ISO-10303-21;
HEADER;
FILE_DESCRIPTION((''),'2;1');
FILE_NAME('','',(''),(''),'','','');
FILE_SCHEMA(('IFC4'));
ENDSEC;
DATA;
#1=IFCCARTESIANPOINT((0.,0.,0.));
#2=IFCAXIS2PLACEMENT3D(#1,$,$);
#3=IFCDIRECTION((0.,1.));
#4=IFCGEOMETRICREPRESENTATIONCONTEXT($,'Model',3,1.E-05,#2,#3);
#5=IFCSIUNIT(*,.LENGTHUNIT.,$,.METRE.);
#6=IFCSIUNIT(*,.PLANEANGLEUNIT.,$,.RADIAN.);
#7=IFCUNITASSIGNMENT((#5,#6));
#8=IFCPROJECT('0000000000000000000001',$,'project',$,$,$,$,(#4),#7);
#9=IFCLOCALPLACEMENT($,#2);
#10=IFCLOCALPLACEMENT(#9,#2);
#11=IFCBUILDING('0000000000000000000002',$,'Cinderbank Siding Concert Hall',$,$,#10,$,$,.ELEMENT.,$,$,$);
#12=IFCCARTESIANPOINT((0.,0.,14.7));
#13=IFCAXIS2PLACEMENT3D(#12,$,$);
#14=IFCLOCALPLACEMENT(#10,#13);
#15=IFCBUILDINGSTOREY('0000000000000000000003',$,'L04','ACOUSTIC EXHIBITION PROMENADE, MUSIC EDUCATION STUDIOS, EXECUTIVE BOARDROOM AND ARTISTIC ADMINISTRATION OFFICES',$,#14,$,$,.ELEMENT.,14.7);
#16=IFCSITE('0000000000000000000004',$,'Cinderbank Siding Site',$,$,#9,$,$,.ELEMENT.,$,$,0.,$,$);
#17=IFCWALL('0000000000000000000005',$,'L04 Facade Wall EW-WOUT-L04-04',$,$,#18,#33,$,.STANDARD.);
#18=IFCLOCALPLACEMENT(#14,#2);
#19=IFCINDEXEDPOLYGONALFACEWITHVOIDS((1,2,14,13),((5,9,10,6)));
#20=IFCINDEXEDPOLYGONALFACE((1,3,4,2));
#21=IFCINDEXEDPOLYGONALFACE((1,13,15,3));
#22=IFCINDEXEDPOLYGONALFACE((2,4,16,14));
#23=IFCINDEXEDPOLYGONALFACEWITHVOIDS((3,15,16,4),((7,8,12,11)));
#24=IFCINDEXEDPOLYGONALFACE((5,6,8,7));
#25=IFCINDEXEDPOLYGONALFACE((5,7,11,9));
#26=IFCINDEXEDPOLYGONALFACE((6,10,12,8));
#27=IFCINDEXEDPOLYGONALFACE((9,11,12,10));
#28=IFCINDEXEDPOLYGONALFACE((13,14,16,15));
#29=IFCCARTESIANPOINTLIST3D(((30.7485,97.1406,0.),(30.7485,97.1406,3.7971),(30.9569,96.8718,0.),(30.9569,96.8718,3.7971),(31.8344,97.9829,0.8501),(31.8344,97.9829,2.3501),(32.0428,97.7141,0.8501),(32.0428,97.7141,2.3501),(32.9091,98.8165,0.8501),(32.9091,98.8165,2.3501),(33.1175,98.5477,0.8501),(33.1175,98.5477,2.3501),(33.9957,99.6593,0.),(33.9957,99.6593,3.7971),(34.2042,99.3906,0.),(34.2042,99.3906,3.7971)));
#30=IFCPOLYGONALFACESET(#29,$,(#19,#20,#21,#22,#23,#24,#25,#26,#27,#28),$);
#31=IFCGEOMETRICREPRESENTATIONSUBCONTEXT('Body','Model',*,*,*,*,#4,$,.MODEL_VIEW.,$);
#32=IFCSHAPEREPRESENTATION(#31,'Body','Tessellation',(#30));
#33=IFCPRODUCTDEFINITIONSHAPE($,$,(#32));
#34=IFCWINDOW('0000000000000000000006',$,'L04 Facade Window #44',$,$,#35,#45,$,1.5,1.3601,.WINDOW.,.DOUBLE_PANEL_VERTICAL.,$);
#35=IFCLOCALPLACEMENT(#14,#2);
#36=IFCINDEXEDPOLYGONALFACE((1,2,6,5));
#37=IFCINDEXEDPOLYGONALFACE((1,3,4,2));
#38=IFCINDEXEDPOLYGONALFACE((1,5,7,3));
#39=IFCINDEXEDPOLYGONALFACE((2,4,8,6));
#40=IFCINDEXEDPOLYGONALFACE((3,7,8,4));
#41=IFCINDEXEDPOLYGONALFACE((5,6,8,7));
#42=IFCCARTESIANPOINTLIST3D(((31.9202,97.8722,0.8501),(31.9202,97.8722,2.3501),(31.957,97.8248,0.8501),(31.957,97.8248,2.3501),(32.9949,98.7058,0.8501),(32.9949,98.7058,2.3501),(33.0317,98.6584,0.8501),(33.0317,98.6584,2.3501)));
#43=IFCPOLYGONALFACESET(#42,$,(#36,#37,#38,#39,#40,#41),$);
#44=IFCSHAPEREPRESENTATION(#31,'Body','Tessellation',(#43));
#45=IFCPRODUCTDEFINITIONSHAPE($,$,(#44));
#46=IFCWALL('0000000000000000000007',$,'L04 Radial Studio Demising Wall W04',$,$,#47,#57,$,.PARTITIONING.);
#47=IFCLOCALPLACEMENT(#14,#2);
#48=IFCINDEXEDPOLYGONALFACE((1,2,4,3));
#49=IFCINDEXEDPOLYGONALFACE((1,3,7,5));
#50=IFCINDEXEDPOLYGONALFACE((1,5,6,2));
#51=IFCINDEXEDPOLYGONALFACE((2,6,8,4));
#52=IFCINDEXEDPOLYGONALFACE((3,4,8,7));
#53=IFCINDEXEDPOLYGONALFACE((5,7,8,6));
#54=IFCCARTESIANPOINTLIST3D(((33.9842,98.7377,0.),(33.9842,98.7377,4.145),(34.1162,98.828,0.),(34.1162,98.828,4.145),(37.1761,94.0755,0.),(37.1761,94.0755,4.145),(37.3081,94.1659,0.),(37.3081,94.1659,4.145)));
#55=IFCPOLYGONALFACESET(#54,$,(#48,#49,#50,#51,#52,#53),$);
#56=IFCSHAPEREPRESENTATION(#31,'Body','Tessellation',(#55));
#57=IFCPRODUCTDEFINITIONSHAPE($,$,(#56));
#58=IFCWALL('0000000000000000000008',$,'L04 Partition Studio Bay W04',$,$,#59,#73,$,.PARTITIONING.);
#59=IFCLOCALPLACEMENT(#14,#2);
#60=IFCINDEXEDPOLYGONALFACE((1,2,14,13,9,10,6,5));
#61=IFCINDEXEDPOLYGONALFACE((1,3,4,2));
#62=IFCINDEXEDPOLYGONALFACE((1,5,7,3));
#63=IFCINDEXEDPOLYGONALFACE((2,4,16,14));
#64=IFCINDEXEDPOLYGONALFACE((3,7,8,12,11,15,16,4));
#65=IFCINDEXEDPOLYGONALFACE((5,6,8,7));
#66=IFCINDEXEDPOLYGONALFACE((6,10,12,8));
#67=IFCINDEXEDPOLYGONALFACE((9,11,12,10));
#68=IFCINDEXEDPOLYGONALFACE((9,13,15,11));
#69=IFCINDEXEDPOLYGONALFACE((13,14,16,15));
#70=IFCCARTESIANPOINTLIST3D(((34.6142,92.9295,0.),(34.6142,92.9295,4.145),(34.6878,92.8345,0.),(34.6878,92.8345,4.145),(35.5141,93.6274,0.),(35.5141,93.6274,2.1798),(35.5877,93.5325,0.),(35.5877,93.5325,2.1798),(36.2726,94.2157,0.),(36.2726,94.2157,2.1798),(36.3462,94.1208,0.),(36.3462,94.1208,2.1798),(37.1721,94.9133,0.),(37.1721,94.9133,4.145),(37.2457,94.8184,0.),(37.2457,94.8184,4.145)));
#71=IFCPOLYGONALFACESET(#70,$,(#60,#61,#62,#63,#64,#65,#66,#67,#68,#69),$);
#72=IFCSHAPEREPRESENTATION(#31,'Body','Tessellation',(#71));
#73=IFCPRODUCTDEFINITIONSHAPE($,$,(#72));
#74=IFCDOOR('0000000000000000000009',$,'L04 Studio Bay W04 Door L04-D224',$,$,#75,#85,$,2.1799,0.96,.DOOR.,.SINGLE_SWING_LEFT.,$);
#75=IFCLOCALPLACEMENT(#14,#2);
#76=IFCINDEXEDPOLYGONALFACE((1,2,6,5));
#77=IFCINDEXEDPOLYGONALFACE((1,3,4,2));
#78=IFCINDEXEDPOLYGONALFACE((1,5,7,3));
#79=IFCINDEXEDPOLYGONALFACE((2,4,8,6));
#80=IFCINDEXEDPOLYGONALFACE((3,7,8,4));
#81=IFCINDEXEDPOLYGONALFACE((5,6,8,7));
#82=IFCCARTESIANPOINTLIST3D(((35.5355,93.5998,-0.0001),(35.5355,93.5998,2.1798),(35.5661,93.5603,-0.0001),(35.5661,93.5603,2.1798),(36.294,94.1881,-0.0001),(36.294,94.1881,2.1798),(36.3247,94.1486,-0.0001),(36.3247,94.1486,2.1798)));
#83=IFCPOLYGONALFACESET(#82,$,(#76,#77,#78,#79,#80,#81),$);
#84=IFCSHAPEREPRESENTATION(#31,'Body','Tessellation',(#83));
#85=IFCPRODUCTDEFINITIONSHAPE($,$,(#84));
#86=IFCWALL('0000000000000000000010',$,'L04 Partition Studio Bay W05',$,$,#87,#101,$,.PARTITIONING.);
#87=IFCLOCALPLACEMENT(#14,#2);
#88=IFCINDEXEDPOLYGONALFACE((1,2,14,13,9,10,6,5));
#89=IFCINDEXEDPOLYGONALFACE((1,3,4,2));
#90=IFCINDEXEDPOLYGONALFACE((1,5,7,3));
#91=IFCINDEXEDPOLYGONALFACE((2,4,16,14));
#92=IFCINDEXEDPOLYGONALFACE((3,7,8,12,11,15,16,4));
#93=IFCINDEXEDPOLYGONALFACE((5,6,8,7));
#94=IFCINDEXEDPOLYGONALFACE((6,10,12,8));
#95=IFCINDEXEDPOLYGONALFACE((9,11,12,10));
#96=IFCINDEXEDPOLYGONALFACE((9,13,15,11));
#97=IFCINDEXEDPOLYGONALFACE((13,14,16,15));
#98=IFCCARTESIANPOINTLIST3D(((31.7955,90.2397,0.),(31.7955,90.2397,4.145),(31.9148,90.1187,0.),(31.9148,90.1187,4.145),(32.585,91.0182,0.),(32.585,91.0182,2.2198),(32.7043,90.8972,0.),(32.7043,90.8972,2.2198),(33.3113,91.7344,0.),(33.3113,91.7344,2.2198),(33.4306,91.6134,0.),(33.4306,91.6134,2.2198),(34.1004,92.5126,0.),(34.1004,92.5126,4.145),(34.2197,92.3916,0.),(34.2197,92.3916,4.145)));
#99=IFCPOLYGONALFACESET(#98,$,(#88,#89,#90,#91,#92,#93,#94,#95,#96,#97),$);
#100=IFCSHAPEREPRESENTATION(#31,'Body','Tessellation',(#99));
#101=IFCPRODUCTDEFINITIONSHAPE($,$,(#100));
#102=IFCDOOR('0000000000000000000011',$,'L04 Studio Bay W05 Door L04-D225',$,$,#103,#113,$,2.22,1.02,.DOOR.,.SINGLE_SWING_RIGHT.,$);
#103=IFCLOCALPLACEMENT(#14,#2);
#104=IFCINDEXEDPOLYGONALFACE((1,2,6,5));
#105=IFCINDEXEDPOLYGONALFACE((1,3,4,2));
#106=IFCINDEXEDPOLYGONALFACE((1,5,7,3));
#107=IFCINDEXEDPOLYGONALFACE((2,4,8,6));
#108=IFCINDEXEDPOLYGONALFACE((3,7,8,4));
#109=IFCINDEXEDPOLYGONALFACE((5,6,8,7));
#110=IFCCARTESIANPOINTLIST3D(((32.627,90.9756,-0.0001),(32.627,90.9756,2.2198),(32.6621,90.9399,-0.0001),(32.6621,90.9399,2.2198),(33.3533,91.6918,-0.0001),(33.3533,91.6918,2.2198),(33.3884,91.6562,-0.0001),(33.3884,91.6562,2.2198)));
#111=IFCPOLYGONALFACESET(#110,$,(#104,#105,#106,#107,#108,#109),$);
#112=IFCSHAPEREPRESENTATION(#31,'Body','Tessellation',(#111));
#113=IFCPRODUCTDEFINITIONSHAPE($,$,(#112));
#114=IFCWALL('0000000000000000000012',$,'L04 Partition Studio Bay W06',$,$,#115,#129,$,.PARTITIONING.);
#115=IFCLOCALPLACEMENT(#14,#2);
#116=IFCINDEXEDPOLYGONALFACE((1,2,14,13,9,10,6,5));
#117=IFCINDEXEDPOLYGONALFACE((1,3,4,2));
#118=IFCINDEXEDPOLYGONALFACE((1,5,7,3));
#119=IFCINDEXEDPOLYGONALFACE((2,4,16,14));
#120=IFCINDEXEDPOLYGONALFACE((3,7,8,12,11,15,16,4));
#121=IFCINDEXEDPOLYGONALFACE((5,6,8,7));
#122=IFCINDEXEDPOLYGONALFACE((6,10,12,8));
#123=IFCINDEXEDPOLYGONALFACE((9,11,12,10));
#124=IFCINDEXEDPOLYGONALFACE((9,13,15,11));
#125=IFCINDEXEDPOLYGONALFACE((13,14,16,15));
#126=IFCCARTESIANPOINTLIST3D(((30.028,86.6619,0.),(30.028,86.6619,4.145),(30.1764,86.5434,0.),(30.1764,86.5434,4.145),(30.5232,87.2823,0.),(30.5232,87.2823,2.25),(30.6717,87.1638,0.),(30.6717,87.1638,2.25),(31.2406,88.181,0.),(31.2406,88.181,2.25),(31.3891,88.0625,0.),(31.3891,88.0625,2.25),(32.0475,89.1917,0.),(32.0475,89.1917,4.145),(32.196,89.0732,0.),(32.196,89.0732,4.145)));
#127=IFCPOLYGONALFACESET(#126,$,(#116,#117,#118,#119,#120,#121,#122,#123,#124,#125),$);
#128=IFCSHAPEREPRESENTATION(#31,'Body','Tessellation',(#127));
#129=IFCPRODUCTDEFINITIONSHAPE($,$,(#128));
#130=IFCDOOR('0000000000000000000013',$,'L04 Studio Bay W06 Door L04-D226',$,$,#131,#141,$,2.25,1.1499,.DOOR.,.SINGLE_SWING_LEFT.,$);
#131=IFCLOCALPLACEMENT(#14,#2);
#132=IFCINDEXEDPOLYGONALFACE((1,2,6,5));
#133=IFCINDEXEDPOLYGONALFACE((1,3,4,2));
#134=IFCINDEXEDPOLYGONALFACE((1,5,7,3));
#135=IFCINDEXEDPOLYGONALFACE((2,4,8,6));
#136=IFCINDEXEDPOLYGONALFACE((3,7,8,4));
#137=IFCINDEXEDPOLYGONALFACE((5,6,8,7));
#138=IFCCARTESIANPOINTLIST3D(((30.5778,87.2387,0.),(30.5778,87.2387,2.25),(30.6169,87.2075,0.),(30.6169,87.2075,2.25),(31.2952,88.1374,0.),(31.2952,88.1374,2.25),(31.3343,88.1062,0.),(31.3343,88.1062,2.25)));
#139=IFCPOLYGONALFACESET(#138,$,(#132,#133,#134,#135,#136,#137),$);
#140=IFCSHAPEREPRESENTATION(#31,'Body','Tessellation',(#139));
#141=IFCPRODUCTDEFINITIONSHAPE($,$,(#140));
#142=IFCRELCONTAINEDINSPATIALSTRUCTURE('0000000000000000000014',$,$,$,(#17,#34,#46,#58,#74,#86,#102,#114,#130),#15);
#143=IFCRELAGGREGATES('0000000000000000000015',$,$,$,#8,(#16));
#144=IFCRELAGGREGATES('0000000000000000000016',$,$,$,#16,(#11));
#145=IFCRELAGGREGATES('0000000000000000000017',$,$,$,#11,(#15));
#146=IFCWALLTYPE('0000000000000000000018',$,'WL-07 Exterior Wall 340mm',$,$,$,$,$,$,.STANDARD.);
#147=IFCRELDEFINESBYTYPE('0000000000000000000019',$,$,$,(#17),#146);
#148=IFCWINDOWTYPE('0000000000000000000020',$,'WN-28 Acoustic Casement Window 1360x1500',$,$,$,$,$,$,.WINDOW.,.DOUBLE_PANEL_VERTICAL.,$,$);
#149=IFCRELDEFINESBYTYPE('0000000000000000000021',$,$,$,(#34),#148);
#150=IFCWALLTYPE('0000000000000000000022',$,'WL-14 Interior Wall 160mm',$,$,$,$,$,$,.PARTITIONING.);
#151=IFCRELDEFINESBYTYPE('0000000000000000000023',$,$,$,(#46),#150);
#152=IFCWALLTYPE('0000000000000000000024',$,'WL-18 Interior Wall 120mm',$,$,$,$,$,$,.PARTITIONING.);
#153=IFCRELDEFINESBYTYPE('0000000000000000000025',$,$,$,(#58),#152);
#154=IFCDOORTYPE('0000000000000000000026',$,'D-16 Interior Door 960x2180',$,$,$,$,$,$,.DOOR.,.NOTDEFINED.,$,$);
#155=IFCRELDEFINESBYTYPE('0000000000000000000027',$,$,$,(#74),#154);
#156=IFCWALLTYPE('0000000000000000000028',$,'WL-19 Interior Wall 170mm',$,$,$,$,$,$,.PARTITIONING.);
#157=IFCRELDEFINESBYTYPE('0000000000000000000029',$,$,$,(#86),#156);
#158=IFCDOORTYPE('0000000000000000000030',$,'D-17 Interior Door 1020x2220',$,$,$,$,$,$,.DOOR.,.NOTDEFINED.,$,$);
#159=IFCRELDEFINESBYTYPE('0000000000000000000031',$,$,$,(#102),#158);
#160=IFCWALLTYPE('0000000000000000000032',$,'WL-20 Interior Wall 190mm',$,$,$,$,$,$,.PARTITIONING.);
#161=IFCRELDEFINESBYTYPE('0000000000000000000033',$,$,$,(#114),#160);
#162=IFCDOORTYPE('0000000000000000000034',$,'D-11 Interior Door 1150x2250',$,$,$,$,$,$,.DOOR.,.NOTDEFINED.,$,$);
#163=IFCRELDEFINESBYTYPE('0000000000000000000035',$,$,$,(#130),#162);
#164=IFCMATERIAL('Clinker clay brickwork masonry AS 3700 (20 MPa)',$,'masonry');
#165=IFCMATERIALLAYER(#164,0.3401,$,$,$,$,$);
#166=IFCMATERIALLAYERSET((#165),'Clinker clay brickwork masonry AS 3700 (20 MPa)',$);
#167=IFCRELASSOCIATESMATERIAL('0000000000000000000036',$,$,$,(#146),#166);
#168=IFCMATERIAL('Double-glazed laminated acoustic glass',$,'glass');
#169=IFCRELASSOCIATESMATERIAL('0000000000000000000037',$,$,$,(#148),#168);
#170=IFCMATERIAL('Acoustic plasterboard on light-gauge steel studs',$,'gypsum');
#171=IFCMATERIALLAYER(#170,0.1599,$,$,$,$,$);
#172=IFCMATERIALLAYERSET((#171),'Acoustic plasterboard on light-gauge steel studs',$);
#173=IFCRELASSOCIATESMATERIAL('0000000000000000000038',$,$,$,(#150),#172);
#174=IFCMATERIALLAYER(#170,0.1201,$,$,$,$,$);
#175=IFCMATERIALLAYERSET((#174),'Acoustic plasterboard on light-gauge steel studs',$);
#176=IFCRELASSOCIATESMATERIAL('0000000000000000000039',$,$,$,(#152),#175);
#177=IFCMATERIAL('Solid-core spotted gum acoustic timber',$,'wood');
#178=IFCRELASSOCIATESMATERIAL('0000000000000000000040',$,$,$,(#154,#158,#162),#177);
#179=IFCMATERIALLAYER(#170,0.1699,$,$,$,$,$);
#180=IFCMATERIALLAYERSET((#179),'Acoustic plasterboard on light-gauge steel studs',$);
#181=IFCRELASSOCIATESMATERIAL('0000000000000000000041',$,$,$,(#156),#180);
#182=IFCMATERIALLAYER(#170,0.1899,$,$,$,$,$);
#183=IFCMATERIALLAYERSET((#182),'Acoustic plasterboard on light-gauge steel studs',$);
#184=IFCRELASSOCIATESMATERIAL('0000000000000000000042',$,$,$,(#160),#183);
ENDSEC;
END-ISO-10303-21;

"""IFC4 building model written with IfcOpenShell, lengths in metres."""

from ifc_helpers import new_model, si_unit, direction, frame, frame_2d, origin, place, context, subcontext, project, spatial, rectangle, extrude, material, layer, layer_set, type_object, element, fill, save


model = new_model("IFC4")

# Units and contexts
model_context = context("Model", 3, precision=1e-05, world=origin(), true_north=direction((0.0, 1.0)))
body_context = subcontext(model_context, "Body", "Model", "MODEL_VIEW")
ifc_project = project(units=[si_unit("LENGTHUNIT", "METRE"), si_unit("PLANEANGLEUNIT", "RADIAN")], contexts=[model_context])

# Site, building, storey
site_placement = place(None, origin())
site = spatial("IfcSite", under=ifc_project, at=site_placement, Name="Cinderbank Siding Site", CompositionType="ELEMENT", RefElevation=0.0)
building_placement = place(site_placement, origin())
building = spatial("IfcBuilding", under=site, at=building_placement, Name="Cinderbank Siding Concert Hall", CompositionType="ELEMENT")
storey_placement = place(building_placement, frame((0.0, 0.0, 14.7)))
storey = spatial("IfcBuildingStorey", under=building, at=storey_placement, Name="L04", Description="ACOUSTIC EXHIBITION PROMENADE, MUSIC EDUCATION STUDIOS, EXECUTIVE BOARDROOM AND ARTISTIC ADMINISTRATION OFFICES", CompositionType="ELEMENT", Elevation=14.7)

# Wall, opening, window
ifc_material_1 = material(Name="Clinker clay brickwork masonry AS 3700 (20 MPa)", Category="masonry")
ifc_layer_1 = layer(ifc_material_1, 0.3401)
ifc_layer_set_1 = layer_set([ifc_layer_1], Name="Clinker clay brickwork masonry AS 3700 (20 MPa)")
wall_type_1 = type_object("IfcWallType", Name="WL-07 Exterior Wall 340mm", PredefinedType="STANDARD", material=ifc_layer_set_1)
ifc_material_2 = material(Name="Double-glazed laminated acoustic glass", Category="glass")
wall_1_placement = place(storey_placement, frame((34.0999, 99.5249, 0.0), z_axis=(0.0, 0.0, 1.0), x_axis=(-0.790164, -0.612895, 0.0)))
wall_1 = element("IfcWall", 1, at=wall_1_placement, inside=storey, type_object=wall_type_1, Name="L04 Facade Wall EW-WOUT-L04-04", PredefinedType="STANDARD", context=body_context, shape_type="SweptSolid", body=[
    extrude(rectangle(XDim=4.1096, YDim=0.3401, at=frame_2d((2.0547, 0.0))), origin(), (0.0, 0.0, 1.0), 3.7971),
])
opening_1_placement = place(wall_1_placement, frame((1.375, 0.0, 0.8501)))
opening_1 = element("IfcOpeningElement", 2, at=opening_1_placement, cuts=wall_1, PredefinedType="OPENING", context=body_context, shape_type="SweptSolid", body=[
    extrude(rectangle(XDim=1.3601, YDim=1.5, at=frame_2d((0.6802, 0.75))), frame((0.0, 0.1821, 0.0), z_axis=(0.0, -1.0, 0.0), x_axis=(1.0, 0.0, 0.0)), (0.0, 0.0, 1.0), 0.364),
])
window_type_1 = type_object("IfcWindowType", Name="WN-28 Acoustic Casement Window 1360x1500", PartitioningType="DOUBLE_PANEL_VERTICAL", PredefinedType="WINDOW", material=ifc_material_2)
window_1_placement = place(opening_1_placement, origin())
window_1 = element("IfcWindow", 3, at=window_1_placement, inside=storey, type_object=window_type_1, Name="L04 Facade Window #44", OverallHeight=1.5, OverallWidth=1.3601, PartitioningType="DOUBLE_PANEL_VERTICAL", PredefinedType="WINDOW", context=body_context, shape_type="SweptSolid", body=[
    extrude(rectangle(XDim=1.3601, YDim=1.5, at=frame_2d((0.6802, 0.75))), frame((0.0, 0.03, 0.0), z_axis=(0.0, -1.0, 0.0), x_axis=(1.0, 0.0, 0.0)), (0.0, 0.0, 1.0), 0.0601),
])
fill(opening_1, window_1)

# Wall
ifc_material_3 = material(Name="Acoustic plasterboard on light-gauge steel studs", Category="gypsum")
ifc_layer_2 = layer(ifc_material_3, 0.1599)
ifc_layer_set_2 = layer_set([ifc_layer_2], Name="Acoustic plasterboard on light-gauge steel studs")
wall_type_2 = type_object("IfcWallType", Name="WL-14 Interior Wall 160mm", PredefinedType="PARTITIONING", material=ifc_layer_set_2)
wall_2_placement = place(storey_placement, frame((37.2422, 94.1206, 0.0), z_axis=(0.0, 0.0, 1.0), x_axis=(-0.564929, 0.82514, 0.0)))
element("IfcWall", 4, at=wall_2_placement, inside=storey, type_object=wall_type_2, Name="L04 Radial Studio Demising Wall W04", PredefinedType="PARTITIONING", context=body_context, shape_type="SweptSolid", body=[
    extrude(rectangle(XDim=5.6501, YDim=0.1599, at=frame_2d((2.8252, 0.0))), origin(), (0.0, 0.0, 1.0), 4.145),
])

# Walls, openings, doors
ifc_layer_3 = layer(ifc_material_3, 0.1201)
ifc_layer_set_3 = layer_set([ifc_layer_3], Name="Acoustic plasterboard on light-gauge steel studs")
wall_type_3 = type_object("IfcWallType", Name="WL-18 Interior Wall 120mm", PredefinedType="PARTITIONING", material=ifc_layer_set_3)
wall_3_placement = place(storey_placement, frame((37.209, 94.866, 0.0), z_axis=(0.0, 0.0, 1.0), x_axis=(-0.790184, -0.61287, 0.0)))
wall_3 = element("IfcWall", 5, at=wall_3_placement, inside=storey, type_object=wall_type_3, Name="L04 Partition Studio Bay W04", PredefinedType="PARTITIONING", context=body_context, shape_type="SweptSolid", body=[
    extrude(rectangle(XDim=3.2371, YDim=0.1201, at=frame_2d((1.6187, 0.0))), origin(), (0.0, 0.0, 1.0), 4.145),
])
opening_2_placement = place(wall_3_placement, frame((1.1384, 0.0, 0.0)))
opening_2 = element("IfcOpeningElement", 6, at=opening_2_placement, cuts=wall_3, PredefinedType="OPENING", context=body_context, shape_type="SweptSolid", body=[
    extrude(rectangle(XDim=0.96, YDim=2.1799, at=frame_2d((0.48, 1.0898))), frame((0.0, 0.072, 0.0), z_axis=(0.0, -1.0, 0.0), x_axis=(1.0, 0.0, 0.0)), (0.0, 0.0, 1.0), 0.144),
])
ifc_material_4 = material(Name="Solid-core spotted gum acoustic timber", Category="wood")
door_type_1 = type_object("IfcDoorType", Name="D-16 Interior Door 960x2180", OperationType="NOTDEFINED", PredefinedType="DOOR", material=ifc_material_4)
door_1_placement = place(opening_2_placement, origin())
door_1 = element("IfcDoor", 7, at=door_1_placement, inside=storey, type_object=door_type_1, Name="L04 Studio Bay W04 Door L04-D224", OperationType="SINGLE_SWING_LEFT", OverallHeight=2.1799, OverallWidth=0.96, PredefinedType="DOOR", context=body_context, shape_type="SweptSolid", body=[
    extrude(rectangle(XDim=0.96, YDim=2.1799, at=frame_2d((0.48, 1.0898))), frame((0.0, 0.0249, 0.0), z_axis=(0.0, -1.0, 0.0), x_axis=(1.0, 0.0, 0.0)), (0.0, 0.0, 1.0), 0.05),
])
fill(opening_2, door_1)
ifc_layer_4 = layer(ifc_material_3, 0.1699)
ifc_layer_set_4 = layer_set([ifc_layer_4], Name="Acoustic plasterboard on light-gauge steel studs")
wall_type_4 = type_object("IfcWallType", Name="WL-19 Interior Wall 170mm", PredefinedType="PARTITIONING", material=ifc_layer_set_4)
wall_4_placement = place(storey_placement, frame((34.1602, 92.4521, 0.0), z_axis=(0.0, 0.0, 1.0), x_axis=(-0.712029, -0.70215, 0.0)))
wall_4 = element("IfcWall", 8, at=wall_4_placement, inside=storey, type_object=wall_type_4, Name="L04 Partition Studio Bay W05", PredefinedType="PARTITIONING", context=body_context, shape_type="SweptSolid", body=[
    extrude(rectangle(XDim=3.2371, YDim=0.1699, at=frame_2d((1.6187, 0.0))), origin(), (0.0, 0.0, 1.0), 4.145),
])
opening_3_placement = place(wall_4_placement, frame((1.1084, 0.0, 0.0)))
opening_3 = element("IfcOpeningElement", 9, at=opening_3_placement, cuts=wall_4, PredefinedType="OPENING", context=body_context, shape_type="SweptSolid", body=[
    extrude(rectangle(XDim=1.02, YDim=2.22, at=frame_2d((0.51, 1.1099))), frame((0.0, 0.0969, 0.0), z_axis=(0.0, -1.0, 0.0), x_axis=(1.0, 0.0, 0.0)), (0.0, 0.0, 1.0), 0.1938),
])
door_type_2 = type_object("IfcDoorType", Name="D-17 Interior Door 1020x2220", OperationType="NOTDEFINED", PredefinedType="DOOR", material=ifc_material_4)
door_2_placement = place(opening_3_placement, origin())
door_2 = element("IfcDoor", 10, at=door_2_placement, inside=storey, type_object=door_type_2, Name="L04 Studio Bay W05 Door L04-D225", OperationType="SINGLE_SWING_RIGHT", OverallHeight=2.22, OverallWidth=1.02, PredefinedType="DOOR", context=body_context, shape_type="SweptSolid", body=[
    extrude(rectangle(XDim=1.02, YDim=2.22, at=frame_2d((0.51, 1.1099))), frame((0.0, 0.0249, 0.0), z_axis=(0.0, -1.0, 0.0), x_axis=(1.0, 0.0, 0.0)), (0.0, 0.0, 1.0), 0.05),
])
fill(opening_3, door_2)
ifc_layer_5 = layer(ifc_material_3, 0.1899)
ifc_layer_set_5 = layer_set([ifc_layer_5], Name="Acoustic plasterboard on light-gauge steel studs")
wall_type_5 = type_object("IfcWallType", Name="WL-20 Interior Wall 190mm", PredefinedType="PARTITIONING", material=ifc_layer_set_5)
wall_5_placement = place(storey_placement, frame((32.1218, 89.1326, 0.0), z_axis=(0.0, 0.0, 1.0), x_axis=(-0.623885, -0.781516, 0.0)))
wall_5 = element("IfcWall", 11, at=wall_5_placement, inside=storey, type_object=wall_type_5, Name="L04 Partition Studio Bay W06", PredefinedType="PARTITIONING", context=body_context, shape_type="SweptSolid", body=[
    extrude(rectangle(XDim=3.2371, YDim=0.1899, at=frame_2d((1.6187, 0.0))), origin(), (0.0, 0.0, 1.0), 4.145),
])
opening_4_placement = place(wall_5_placement, frame((1.2935, 0.0, 0.0)))
opening_4 = element("IfcOpeningElement", 12, at=opening_4_placement, cuts=wall_5, PredefinedType="OPENING", context=body_context, shape_type="SweptSolid", body=[
    extrude(rectangle(XDim=1.1499, YDim=2.25, at=frame_2d((0.575, 1.125))), frame((0.0, 0.1069, 0.0), z_axis=(0.0, -1.0, 0.0), x_axis=(1.0, 0.0, 0.0)), (0.0, 0.0, 1.0), 0.2139),
])
door_type_3 = type_object("IfcDoorType", Name="D-11 Interior Door 1150x2250", OperationType="NOTDEFINED", PredefinedType="DOOR", material=ifc_material_4)
door_3_placement = place(opening_4_placement, origin())
door_3 = element("IfcDoor", 13, at=door_3_placement, inside=storey, type_object=door_type_3, Name="L04 Studio Bay W06 Door L04-D226", OperationType="SINGLE_SWING_LEFT", OverallHeight=2.25, OverallWidth=1.1499, PredefinedType="DOOR", context=body_context, shape_type="SweptSolid", body=[
    extrude(rectangle(XDim=1.1499, YDim=2.25, at=frame_2d((0.575, 1.125))), frame((0.0, 0.0249, 0.0), z_axis=(0.0, -1.0, 0.0), x_axis=(1.0, 0.0, 0.0)), (0.0, 0.0, 1.0), 0.05),
])
fill(opening_4, door_3)

save(model, "model.ifc")
